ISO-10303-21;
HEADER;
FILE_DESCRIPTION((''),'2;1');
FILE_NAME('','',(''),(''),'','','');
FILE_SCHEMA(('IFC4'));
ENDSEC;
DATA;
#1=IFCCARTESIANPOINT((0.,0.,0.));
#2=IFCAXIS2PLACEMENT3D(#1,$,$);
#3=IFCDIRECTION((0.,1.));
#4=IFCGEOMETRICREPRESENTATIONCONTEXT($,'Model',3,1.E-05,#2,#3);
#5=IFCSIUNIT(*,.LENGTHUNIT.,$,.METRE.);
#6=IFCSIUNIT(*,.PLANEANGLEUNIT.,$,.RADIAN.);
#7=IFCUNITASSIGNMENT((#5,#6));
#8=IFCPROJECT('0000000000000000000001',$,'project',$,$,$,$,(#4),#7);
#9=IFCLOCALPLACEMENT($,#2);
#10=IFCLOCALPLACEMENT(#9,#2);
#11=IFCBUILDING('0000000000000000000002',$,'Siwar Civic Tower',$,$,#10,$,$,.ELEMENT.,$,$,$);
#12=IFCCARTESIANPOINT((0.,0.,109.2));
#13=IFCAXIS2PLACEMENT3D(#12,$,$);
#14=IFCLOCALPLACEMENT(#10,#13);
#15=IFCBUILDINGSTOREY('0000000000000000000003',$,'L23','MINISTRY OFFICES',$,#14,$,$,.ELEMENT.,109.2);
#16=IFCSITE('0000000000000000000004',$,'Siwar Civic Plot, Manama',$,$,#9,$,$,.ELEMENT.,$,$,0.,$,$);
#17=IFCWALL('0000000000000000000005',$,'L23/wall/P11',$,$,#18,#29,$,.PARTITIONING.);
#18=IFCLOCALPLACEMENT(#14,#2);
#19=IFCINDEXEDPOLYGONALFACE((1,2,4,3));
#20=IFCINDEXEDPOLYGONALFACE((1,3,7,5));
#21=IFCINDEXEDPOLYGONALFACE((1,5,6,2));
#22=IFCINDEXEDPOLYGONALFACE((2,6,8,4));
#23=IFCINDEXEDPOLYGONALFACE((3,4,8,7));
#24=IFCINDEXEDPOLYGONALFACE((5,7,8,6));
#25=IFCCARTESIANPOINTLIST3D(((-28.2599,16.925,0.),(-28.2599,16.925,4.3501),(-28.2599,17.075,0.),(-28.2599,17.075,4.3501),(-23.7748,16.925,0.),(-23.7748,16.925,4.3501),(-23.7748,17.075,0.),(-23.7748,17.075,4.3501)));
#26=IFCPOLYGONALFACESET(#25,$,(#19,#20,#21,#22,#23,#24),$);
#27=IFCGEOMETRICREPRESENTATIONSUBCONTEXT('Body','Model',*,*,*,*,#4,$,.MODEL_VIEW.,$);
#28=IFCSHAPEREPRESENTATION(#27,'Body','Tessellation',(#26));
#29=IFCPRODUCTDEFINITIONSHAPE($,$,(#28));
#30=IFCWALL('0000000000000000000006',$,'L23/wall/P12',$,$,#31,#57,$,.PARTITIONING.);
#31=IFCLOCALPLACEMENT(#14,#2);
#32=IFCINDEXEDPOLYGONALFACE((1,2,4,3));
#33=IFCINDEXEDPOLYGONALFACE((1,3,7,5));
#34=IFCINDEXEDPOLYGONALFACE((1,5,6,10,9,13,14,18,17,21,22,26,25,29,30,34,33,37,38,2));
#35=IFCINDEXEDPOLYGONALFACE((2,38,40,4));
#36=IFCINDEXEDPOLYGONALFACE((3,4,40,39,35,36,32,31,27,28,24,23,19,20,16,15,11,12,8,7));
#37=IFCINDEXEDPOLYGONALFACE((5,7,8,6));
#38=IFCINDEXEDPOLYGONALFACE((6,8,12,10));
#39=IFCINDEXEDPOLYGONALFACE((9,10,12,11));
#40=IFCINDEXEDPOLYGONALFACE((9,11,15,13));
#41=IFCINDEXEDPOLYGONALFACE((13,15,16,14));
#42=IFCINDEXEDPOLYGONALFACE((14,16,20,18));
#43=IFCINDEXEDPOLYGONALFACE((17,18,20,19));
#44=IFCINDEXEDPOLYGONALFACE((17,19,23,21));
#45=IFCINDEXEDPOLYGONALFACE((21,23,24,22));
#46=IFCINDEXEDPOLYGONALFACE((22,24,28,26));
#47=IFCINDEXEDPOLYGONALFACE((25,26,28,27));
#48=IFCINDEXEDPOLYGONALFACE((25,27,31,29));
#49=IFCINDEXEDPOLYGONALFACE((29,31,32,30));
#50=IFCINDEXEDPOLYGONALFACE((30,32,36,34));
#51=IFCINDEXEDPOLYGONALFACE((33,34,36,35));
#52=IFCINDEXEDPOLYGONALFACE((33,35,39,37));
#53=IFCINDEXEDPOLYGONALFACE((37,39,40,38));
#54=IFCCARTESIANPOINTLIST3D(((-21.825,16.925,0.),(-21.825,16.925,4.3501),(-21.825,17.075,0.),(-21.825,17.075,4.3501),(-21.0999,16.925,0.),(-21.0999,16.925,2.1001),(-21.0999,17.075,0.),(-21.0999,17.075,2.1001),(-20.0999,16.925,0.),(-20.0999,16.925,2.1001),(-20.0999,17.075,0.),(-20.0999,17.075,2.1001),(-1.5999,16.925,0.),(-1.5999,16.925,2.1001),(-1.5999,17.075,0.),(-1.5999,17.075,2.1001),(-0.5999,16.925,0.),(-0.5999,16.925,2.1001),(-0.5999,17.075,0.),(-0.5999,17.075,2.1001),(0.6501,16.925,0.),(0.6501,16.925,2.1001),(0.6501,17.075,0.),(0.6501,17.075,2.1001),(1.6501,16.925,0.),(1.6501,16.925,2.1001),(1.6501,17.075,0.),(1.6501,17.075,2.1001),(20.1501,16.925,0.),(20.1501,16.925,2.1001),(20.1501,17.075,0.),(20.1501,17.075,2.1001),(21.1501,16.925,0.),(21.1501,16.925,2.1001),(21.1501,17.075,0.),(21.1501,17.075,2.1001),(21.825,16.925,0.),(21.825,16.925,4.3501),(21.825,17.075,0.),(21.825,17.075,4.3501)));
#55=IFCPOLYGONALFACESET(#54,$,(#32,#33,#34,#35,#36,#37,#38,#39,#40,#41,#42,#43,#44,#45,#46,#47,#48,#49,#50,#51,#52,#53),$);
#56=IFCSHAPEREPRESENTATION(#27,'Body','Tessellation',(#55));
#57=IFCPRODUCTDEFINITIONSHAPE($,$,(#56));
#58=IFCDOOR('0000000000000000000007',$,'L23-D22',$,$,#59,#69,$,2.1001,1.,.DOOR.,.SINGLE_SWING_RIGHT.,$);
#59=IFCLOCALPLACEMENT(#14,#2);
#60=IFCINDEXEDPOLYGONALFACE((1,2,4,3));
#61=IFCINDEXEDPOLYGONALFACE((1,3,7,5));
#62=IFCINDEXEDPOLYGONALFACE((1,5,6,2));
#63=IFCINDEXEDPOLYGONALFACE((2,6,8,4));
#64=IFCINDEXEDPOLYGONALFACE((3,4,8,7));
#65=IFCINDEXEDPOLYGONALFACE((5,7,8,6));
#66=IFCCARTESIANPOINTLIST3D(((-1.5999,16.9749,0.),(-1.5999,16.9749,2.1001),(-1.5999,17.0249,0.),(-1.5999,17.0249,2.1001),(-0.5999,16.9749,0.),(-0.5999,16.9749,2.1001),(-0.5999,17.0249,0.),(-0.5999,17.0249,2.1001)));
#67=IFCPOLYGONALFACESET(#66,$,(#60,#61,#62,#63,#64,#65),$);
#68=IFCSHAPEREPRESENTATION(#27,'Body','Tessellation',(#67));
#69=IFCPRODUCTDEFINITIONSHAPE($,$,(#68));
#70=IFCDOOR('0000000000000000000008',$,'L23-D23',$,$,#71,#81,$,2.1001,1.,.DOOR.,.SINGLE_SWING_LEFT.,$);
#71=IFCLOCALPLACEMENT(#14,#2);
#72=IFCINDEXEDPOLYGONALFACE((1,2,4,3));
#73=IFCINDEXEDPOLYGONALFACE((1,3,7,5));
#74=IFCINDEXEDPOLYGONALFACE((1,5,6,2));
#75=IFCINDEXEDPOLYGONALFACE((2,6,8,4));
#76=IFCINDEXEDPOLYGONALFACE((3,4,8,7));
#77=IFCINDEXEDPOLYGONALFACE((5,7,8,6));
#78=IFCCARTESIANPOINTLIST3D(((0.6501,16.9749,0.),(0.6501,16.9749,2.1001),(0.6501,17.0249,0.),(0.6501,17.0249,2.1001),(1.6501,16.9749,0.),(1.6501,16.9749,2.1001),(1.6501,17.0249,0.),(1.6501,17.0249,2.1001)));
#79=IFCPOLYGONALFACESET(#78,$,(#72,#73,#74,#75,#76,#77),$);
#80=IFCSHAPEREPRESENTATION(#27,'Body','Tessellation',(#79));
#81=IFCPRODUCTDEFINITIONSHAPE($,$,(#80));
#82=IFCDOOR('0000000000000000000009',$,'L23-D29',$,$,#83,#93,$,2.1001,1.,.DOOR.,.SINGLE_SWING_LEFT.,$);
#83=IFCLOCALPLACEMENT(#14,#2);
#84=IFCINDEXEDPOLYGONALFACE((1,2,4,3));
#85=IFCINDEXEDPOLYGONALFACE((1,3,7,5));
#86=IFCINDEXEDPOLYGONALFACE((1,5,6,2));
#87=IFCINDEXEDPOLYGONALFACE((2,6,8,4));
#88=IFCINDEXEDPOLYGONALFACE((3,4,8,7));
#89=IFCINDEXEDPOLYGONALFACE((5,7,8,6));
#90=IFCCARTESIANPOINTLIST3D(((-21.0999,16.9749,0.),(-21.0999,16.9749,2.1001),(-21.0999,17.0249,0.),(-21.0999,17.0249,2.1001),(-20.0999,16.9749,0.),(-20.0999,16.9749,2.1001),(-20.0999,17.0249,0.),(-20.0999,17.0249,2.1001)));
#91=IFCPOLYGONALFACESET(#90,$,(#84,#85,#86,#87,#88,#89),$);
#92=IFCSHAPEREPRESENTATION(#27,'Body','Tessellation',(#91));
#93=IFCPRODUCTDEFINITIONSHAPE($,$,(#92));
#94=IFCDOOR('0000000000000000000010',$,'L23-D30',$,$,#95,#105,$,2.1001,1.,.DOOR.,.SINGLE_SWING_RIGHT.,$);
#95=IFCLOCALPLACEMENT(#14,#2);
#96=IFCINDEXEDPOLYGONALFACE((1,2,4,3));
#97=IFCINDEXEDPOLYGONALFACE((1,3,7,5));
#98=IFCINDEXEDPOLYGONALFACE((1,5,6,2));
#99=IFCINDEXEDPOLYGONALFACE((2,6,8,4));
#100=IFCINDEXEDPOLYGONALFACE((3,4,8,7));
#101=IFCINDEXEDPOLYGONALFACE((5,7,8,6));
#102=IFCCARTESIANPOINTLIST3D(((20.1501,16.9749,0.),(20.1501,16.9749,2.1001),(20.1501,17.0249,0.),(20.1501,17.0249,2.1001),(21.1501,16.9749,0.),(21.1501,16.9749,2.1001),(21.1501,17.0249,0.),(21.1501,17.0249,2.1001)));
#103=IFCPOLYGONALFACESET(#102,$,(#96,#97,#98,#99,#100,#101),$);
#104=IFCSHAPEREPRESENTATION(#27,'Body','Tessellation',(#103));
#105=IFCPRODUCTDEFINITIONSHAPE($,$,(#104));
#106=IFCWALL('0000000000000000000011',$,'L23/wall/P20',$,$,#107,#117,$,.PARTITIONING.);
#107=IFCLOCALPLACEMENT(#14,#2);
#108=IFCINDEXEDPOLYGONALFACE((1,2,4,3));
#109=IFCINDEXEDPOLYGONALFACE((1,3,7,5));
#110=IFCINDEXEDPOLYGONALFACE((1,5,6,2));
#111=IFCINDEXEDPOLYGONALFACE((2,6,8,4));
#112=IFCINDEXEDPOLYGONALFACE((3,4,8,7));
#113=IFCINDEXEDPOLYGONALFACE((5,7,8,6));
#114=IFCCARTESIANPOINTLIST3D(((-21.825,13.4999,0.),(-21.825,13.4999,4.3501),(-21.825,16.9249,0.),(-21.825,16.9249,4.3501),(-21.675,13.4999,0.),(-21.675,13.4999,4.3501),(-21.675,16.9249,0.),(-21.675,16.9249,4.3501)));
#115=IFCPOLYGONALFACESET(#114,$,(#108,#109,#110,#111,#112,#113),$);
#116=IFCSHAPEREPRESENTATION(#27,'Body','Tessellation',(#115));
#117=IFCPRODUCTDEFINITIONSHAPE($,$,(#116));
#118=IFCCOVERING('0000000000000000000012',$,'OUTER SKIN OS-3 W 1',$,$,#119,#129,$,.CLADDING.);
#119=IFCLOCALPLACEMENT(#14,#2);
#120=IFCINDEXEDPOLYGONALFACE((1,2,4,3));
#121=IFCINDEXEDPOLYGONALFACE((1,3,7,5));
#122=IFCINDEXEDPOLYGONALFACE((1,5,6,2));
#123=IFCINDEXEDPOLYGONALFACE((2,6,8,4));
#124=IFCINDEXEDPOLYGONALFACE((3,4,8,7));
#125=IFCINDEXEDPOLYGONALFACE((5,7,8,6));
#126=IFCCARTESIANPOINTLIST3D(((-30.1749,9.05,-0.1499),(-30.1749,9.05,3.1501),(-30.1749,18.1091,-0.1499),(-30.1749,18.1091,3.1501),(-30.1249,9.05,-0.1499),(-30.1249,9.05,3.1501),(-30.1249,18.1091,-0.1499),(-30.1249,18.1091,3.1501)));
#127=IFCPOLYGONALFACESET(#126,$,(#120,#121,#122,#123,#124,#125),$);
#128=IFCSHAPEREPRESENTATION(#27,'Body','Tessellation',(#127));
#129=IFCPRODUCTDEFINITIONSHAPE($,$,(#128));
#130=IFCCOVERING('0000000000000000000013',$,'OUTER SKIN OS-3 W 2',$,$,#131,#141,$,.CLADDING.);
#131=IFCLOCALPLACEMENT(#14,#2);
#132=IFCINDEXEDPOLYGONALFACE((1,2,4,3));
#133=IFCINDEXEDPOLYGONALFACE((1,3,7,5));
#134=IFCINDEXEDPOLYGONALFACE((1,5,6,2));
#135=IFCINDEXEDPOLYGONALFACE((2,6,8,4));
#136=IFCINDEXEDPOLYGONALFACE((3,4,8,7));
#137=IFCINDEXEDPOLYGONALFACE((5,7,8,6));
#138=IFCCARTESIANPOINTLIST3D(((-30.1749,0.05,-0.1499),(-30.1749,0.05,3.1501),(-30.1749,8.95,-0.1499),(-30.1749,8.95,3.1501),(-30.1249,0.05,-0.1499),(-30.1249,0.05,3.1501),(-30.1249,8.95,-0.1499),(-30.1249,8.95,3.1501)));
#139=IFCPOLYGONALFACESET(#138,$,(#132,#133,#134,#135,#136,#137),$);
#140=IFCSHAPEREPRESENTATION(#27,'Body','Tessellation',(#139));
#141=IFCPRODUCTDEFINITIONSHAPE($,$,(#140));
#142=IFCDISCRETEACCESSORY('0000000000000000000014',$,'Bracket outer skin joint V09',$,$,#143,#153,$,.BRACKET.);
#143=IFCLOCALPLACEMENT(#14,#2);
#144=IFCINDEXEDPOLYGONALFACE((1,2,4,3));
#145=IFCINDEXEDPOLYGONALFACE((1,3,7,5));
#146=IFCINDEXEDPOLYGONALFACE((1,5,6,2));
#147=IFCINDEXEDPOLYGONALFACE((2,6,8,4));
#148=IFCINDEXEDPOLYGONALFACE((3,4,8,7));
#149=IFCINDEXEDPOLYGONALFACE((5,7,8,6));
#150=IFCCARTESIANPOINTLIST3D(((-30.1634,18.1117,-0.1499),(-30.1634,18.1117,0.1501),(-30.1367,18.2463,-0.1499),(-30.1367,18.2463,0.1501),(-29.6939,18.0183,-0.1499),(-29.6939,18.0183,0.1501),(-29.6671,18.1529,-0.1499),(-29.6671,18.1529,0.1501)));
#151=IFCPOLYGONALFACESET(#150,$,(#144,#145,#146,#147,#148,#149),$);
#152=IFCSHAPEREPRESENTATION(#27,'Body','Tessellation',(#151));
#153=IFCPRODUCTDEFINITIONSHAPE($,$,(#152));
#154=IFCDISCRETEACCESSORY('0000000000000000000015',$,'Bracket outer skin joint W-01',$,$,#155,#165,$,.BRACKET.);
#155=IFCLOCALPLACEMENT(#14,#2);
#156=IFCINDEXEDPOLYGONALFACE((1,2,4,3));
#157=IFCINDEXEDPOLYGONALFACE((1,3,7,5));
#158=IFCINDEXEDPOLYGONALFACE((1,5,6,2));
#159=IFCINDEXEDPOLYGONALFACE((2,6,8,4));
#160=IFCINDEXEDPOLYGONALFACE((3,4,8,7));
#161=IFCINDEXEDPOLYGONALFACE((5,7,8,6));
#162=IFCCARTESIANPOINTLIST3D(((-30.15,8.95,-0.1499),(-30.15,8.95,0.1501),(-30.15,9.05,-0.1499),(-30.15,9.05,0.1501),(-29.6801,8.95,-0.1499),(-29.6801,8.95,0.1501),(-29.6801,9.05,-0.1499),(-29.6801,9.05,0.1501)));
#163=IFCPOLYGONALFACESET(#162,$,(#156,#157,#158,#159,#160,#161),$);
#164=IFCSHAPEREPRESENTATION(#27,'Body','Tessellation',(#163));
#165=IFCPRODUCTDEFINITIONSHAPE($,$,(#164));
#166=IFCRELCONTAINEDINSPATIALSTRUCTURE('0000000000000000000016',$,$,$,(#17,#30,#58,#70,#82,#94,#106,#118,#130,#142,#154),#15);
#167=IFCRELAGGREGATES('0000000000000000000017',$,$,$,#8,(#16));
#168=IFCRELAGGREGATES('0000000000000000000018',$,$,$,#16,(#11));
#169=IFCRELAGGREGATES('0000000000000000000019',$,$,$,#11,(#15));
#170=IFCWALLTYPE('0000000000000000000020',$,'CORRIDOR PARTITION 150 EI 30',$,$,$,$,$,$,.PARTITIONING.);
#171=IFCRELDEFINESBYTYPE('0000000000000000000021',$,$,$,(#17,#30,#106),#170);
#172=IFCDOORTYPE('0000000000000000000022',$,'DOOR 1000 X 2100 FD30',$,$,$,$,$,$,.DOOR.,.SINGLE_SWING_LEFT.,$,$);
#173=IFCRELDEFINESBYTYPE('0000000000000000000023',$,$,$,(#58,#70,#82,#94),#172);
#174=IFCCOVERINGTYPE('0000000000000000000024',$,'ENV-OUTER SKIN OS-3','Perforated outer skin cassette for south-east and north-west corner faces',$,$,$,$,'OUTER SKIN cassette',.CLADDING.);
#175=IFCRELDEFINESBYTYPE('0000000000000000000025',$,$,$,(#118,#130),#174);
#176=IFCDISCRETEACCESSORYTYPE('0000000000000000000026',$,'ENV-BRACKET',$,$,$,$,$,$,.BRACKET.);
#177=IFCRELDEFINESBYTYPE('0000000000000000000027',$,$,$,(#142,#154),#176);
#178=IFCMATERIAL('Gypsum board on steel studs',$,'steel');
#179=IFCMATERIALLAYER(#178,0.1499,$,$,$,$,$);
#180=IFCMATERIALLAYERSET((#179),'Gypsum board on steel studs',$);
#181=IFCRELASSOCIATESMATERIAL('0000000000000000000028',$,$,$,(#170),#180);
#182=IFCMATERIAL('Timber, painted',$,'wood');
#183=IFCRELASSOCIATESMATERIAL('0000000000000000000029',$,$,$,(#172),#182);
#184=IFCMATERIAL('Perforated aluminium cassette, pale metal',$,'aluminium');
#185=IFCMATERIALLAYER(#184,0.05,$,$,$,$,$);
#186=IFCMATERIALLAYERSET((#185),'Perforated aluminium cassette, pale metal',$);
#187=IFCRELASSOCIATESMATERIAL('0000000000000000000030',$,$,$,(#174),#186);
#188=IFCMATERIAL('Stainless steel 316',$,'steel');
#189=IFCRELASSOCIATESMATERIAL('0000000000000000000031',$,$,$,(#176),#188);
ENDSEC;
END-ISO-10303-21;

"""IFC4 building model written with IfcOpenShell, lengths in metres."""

from ifc_helpers import new_model, si_unit, direction, frame, frame_2d, origin, origin_2d, place, context, subcontext, project, spatial, rectangle, extrude, material, layer, layer_set, type_object, element, fill, save


model = new_model("IFC4")

# Units and contexts
model_context = context("Model", 3, precision=1e-05, world=origin(), true_north=direction((0.0, 1.0)))
body_context = subcontext(model_context, "Body", "Model", "MODEL_VIEW")
ifc_project = project(units=[si_unit("LENGTHUNIT", "METRE"), si_unit("PLANEANGLEUNIT", "RADIAN")], contexts=[model_context])

# Site, building, storey
site_placement = place(None, origin())
site = spatial("IfcSite", under=ifc_project, at=site_placement, Name="Siwar Civic Plot, Manama", CompositionType="ELEMENT", RefElevation=0.0)
building_placement = place(site_placement, origin())
building = spatial("IfcBuilding", under=site, at=building_placement, Name="Siwar Civic Tower", CompositionType="ELEMENT")
storey_placement = place(building_placement, frame((0.0, 0.0, 109.2)))
storey = spatial("IfcBuildingStorey", under=building, at=storey_placement, Name="L23", Description="MINISTRY OFFICES", CompositionType="ELEMENT", Elevation=109.2)

# Wall
ifc_material_1 = material(Name="Gypsum board on steel studs", Category="steel")
ifc_layer_1 = layer(ifc_material_1, 0.1499)
ifc_layer_set_1 = layer_set([ifc_layer_1], Name="Gypsum board on steel studs")
wall_type_1 = type_object("IfcWallType", Name="CORRIDOR PARTITION 150 EI 30", PredefinedType="PARTITIONING", material=ifc_layer_set_1)
wall_1_placement = place(storey_placement, frame((-28.26, 17.0, 0.0), z_axis=(0.0, 0.0, 1.0), x_axis=(1.0, 0.0, 0.0)))
element("IfcWall", 1, at=wall_1_placement, inside=storey, type_object=wall_type_1, Name="L23/wall/P11", PredefinedType="PARTITIONING", context=body_context, shape_type="SweptSolid", body=[
    extrude(rectangle(XDim=4.4851, YDim=0.1499, at=frame_2d((2.2427, 0.0))), origin(), (0.0, 0.0, 1.0), 4.3501),
])

# Wall, openings, doors
wall_2_placement = place(storey_placement, frame((-21.825, 17.0, 0.0), z_axis=(0.0, 0.0, 1.0), x_axis=(1.0, 0.0, 0.0)))
wall_2 = element("IfcWall", 2, at=wall_2_placement, inside=storey, type_object=wall_type_1, Name="L23/wall/P12", PredefinedType="PARTITIONING", context=body_context, shape_type="SweptSolid", body=[
    extrude(rectangle(XDim=43.6499, YDim=0.1499, at=frame_2d((21.825, 0.0))), origin(), (0.0, 0.0, 1.0), 4.3501),
])
opening_1_placement = place(wall_2_placement, frame((20.2251, 0.0, 0.0)))
opening_1 = element("IfcOpeningElement", 3, at=opening_1_placement, cuts=wall_2, PredefinedType="OPENING", context=body_context, shape_type="SweptSolid", body=[
    extrude(rectangle(XDim=1.0, YDim=2.1001, at=frame_2d((0.5, 1.05))), frame((0.0, 0.085, 0.0), z_axis=(0.0, -1.0, 0.0), x_axis=(1.0, 0.0, 0.0)), (0.0, 0.0, 1.0), 0.1699),
])
opening_2_placement = place(wall_2_placement, frame((22.4751, 0.0, 0.0)))
opening_2 = element("IfcOpeningElement", 4, at=opening_2_placement, cuts=wall_2, PredefinedType="OPENING", context=body_context, shape_type="SweptSolid", body=[
    extrude(rectangle(XDim=1.0, YDim=2.1001, at=frame_2d((0.5, 1.05))), frame((0.0, 0.085, 0.0), z_axis=(0.0, -1.0, 0.0), x_axis=(1.0, 0.0, 0.0)), (0.0, 0.0, 1.0), 0.1699),
])
opening_3_placement = place(wall_2_placement, frame((0.7251, 0.0, 0.0)))
opening_3 = element("IfcOpeningElement", 5, at=opening_3_placement, cuts=wall_2, PredefinedType="OPENING", context=body_context, shape_type="SweptSolid", body=[
    extrude(rectangle(XDim=1.0, YDim=2.1001, at=frame_2d((0.5, 1.05))), frame((0.0, 0.085, 0.0), z_axis=(0.0, -1.0, 0.0), x_axis=(1.0, 0.0, 0.0)), (0.0, 0.0, 1.0), 0.1699),
])
opening_4_placement = place(wall_2_placement, frame((41.9751, 0.0, 0.0)))
opening_4 = element("IfcOpeningElement", 6, at=opening_4_placement, cuts=wall_2, PredefinedType="OPENING", context=body_context, shape_type="SweptSolid", body=[
    extrude(rectangle(XDim=1.0, YDim=2.1001, at=frame_2d((0.5, 1.05))), frame((0.0, 0.085, 0.0), z_axis=(0.0, -1.0, 0.0), x_axis=(1.0, 0.0, 0.0)), (0.0, 0.0, 1.0), 0.1699),
])
ifc_material_2 = material(Name="Timber, painted", Category="wood")
door_type = type_object("IfcDoorType", Name="DOOR 1000 X 2100 FD30", OperationType="SINGLE_SWING_LEFT", PredefinedType="DOOR", material=ifc_material_2)
door_1_placement = place(opening_1_placement, origin())
door_1 = element("IfcDoor", 7, at=door_1_placement, inside=storey, type_object=door_type, Name="L23-D22", OperationType="SINGLE_SWING_RIGHT", OverallHeight=2.1001, OverallWidth=1.0, PredefinedType="DOOR", context=body_context, shape_type="SweptSolid", body=[
    extrude(rectangle(XDim=1.0, YDim=2.1001, at=frame_2d((0.5, 1.05))), frame((0.0, 0.0249, 0.0), z_axis=(0.0, -1.0, 0.0), x_axis=(1.0, 0.0, 0.0)), (0.0, 0.0, 1.0), 0.05),
])
fill(opening_1, door_1)
door_2_placement = place(opening_2_placement, origin())
door_2 = element("IfcDoor", 8, at=door_2_placement, inside=storey, type_object=door_type, Name="L23-D23", OperationType="SINGLE_SWING_LEFT", OverallHeight=2.1001, OverallWidth=1.0, PredefinedType="DOOR", context=body_context, shape_type="SweptSolid", body=[
    extrude(rectangle(XDim=1.0, YDim=2.1001, at=frame_2d((0.5, 1.05))), frame((0.0, 0.0249, 0.0), z_axis=(0.0, -1.0, 0.0), x_axis=(1.0, 0.0, 0.0)), (0.0, 0.0, 1.0), 0.05),
])
fill(opening_2, door_2)
door_3_placement = place(opening_3_placement, origin())
door_3 = element("IfcDoor", 9, at=door_3_placement, inside=storey, type_object=door_type, Name="L23-D29", OperationType="SINGLE_SWING_LEFT", OverallHeight=2.1001, OverallWidth=1.0, PredefinedType="DOOR", context=body_context, shape_type="SweptSolid", body=[
    extrude(rectangle(XDim=1.0, YDim=2.1001, at=frame_2d((0.5, 1.05))), frame((0.0, 0.0249, 0.0), z_axis=(0.0, -1.0, 0.0), x_axis=(1.0, 0.0, 0.0)), (0.0, 0.0, 1.0), 0.05),
])
fill(opening_3, door_3)
door_4_placement = place(opening_4_placement, origin())
door_4 = element("IfcDoor", 10, at=door_4_placement, inside=storey, type_object=door_type, Name="L23-D30", OperationType="SINGLE_SWING_RIGHT", OverallHeight=2.1001, OverallWidth=1.0, PredefinedType="DOOR", context=body_context, shape_type="SweptSolid", body=[
    extrude(rectangle(XDim=1.0, YDim=2.1001, at=frame_2d((0.5, 1.05))), frame((0.0, 0.0249, 0.0), z_axis=(0.0, -1.0, 0.0), x_axis=(1.0, 0.0, 0.0)), (0.0, 0.0, 1.0), 0.05),
])
fill(opening_4, door_4)

# Wall
wall_3_placement = place(storey_placement, frame((-21.75, 13.5, 0.0), z_axis=(0.0, 0.0, 1.0), x_axis=(0.0, 1.0, 0.0)))
element("IfcWall", 11, at=wall_3_placement, inside=storey, type_object=wall_type_1, Name="L23/wall/P20", PredefinedType="PARTITIONING", context=body_context, shape_type="SweptSolid", body=[
    extrude(rectangle(XDim=3.425, YDim=0.1499, at=frame_2d((1.7124, 0.0))), origin(), (0.0, 0.0, 1.0), 4.3501),
])

# Coverings
ifc_material_3 = material(Name="Perforated aluminium cassette, pale metal", Category="aluminium")
ifc_layer_2 = layer(ifc_material_3, 0.05)
ifc_layer_set_2 = layer_set([ifc_layer_2], Name="Perforated aluminium cassette, pale metal")
covering_type = type_object("IfcCoveringType", Name="ENV-OUTER SKIN OS-3", Description="Perforated outer skin cassette for south-east and north-west corner faces", ElementType="OUTER SKIN cassette", PredefinedType="CLADDING", material=ifc_layer_set_2)
covering_1_placement = place(storey_placement, frame((-30.1499, 13.5796, -0.1499), z_axis=(0.0, 0.0, 1.0), x_axis=(0.0, -1.0, 0.0)))
element("IfcCovering", 12, at=covering_1_placement, inside=storey, type_object=covering_type, Name="OUTER SKIN OS-3 W 1", PredefinedType="CLADDING", context=body_context, shape_type="SweptSolid", body=[
    extrude(rectangle(XDim=9.0591, YDim=0.05, at=origin_2d()), origin(), (0.0, 0.0, 1.0), 3.3),
])
covering_2_placement = place(storey_placement, frame((-30.1499, 4.5, -0.1499), z_axis=(0.0, 0.0, 1.0), x_axis=(0.0, -1.0, 0.0)))
element("IfcCovering", 13, at=covering_2_placement, inside=storey, type_object=covering_type, Name="OUTER SKIN OS-3 W 2", PredefinedType="CLADDING", context=body_context, shape_type="SweptSolid", body=[
    extrude(rectangle(XDim=8.8999, YDim=0.05, at=origin_2d()), origin(), (0.0, 0.0, 1.0), 3.3),
])

# Discrete accessories
ifc_material_4 = material(Name="Stainless steel 316", Category="steel")
discrete_accessory_type = type_object("IfcDiscreteAccessoryType", Name="ENV-BRACKET", PredefinedType="BRACKET", material=ifc_material_4)
discrete_accessory_1_placement = place(storey_placement, frame((-29.9153, 18.1323, -0.1499), z_axis=(0.0, 0.0, 1.0), x_axis=(-0.980785, 0.19509, 0.0)))
element("IfcDiscreteAccessory", 14, at=discrete_accessory_1_placement, inside=storey, type_object=discrete_accessory_type, Name="Bracket outer skin joint V09", PredefinedType="BRACKET", context=body_context, shape_type="SweptSolid", body=[
    extrude(rectangle(XDim=0.4788, YDim=0.1372, at=origin_2d()), origin(), (0.0, 0.0, 1.0), 0.3),
])
discrete_accessory_2_placement = place(storey_placement, frame((-29.915, 9.0, -0.1499), z_axis=(0.0, 0.0, 1.0), x_axis=(-1.0, 0.0, 0.0)))
element("IfcDiscreteAccessory", 15, at=discrete_accessory_2_placement, inside=storey, type_object=discrete_accessory_type, Name="Bracket outer skin joint W-01", PredefinedType="BRACKET", context=body_context, shape_type="SweptSolid", body=[
    extrude(rectangle(XDim=0.47, YDim=0.1001, at=origin_2d()), origin(), (0.0, 0.0, 1.0), 0.3),
])

save(model, "model.ifc")
